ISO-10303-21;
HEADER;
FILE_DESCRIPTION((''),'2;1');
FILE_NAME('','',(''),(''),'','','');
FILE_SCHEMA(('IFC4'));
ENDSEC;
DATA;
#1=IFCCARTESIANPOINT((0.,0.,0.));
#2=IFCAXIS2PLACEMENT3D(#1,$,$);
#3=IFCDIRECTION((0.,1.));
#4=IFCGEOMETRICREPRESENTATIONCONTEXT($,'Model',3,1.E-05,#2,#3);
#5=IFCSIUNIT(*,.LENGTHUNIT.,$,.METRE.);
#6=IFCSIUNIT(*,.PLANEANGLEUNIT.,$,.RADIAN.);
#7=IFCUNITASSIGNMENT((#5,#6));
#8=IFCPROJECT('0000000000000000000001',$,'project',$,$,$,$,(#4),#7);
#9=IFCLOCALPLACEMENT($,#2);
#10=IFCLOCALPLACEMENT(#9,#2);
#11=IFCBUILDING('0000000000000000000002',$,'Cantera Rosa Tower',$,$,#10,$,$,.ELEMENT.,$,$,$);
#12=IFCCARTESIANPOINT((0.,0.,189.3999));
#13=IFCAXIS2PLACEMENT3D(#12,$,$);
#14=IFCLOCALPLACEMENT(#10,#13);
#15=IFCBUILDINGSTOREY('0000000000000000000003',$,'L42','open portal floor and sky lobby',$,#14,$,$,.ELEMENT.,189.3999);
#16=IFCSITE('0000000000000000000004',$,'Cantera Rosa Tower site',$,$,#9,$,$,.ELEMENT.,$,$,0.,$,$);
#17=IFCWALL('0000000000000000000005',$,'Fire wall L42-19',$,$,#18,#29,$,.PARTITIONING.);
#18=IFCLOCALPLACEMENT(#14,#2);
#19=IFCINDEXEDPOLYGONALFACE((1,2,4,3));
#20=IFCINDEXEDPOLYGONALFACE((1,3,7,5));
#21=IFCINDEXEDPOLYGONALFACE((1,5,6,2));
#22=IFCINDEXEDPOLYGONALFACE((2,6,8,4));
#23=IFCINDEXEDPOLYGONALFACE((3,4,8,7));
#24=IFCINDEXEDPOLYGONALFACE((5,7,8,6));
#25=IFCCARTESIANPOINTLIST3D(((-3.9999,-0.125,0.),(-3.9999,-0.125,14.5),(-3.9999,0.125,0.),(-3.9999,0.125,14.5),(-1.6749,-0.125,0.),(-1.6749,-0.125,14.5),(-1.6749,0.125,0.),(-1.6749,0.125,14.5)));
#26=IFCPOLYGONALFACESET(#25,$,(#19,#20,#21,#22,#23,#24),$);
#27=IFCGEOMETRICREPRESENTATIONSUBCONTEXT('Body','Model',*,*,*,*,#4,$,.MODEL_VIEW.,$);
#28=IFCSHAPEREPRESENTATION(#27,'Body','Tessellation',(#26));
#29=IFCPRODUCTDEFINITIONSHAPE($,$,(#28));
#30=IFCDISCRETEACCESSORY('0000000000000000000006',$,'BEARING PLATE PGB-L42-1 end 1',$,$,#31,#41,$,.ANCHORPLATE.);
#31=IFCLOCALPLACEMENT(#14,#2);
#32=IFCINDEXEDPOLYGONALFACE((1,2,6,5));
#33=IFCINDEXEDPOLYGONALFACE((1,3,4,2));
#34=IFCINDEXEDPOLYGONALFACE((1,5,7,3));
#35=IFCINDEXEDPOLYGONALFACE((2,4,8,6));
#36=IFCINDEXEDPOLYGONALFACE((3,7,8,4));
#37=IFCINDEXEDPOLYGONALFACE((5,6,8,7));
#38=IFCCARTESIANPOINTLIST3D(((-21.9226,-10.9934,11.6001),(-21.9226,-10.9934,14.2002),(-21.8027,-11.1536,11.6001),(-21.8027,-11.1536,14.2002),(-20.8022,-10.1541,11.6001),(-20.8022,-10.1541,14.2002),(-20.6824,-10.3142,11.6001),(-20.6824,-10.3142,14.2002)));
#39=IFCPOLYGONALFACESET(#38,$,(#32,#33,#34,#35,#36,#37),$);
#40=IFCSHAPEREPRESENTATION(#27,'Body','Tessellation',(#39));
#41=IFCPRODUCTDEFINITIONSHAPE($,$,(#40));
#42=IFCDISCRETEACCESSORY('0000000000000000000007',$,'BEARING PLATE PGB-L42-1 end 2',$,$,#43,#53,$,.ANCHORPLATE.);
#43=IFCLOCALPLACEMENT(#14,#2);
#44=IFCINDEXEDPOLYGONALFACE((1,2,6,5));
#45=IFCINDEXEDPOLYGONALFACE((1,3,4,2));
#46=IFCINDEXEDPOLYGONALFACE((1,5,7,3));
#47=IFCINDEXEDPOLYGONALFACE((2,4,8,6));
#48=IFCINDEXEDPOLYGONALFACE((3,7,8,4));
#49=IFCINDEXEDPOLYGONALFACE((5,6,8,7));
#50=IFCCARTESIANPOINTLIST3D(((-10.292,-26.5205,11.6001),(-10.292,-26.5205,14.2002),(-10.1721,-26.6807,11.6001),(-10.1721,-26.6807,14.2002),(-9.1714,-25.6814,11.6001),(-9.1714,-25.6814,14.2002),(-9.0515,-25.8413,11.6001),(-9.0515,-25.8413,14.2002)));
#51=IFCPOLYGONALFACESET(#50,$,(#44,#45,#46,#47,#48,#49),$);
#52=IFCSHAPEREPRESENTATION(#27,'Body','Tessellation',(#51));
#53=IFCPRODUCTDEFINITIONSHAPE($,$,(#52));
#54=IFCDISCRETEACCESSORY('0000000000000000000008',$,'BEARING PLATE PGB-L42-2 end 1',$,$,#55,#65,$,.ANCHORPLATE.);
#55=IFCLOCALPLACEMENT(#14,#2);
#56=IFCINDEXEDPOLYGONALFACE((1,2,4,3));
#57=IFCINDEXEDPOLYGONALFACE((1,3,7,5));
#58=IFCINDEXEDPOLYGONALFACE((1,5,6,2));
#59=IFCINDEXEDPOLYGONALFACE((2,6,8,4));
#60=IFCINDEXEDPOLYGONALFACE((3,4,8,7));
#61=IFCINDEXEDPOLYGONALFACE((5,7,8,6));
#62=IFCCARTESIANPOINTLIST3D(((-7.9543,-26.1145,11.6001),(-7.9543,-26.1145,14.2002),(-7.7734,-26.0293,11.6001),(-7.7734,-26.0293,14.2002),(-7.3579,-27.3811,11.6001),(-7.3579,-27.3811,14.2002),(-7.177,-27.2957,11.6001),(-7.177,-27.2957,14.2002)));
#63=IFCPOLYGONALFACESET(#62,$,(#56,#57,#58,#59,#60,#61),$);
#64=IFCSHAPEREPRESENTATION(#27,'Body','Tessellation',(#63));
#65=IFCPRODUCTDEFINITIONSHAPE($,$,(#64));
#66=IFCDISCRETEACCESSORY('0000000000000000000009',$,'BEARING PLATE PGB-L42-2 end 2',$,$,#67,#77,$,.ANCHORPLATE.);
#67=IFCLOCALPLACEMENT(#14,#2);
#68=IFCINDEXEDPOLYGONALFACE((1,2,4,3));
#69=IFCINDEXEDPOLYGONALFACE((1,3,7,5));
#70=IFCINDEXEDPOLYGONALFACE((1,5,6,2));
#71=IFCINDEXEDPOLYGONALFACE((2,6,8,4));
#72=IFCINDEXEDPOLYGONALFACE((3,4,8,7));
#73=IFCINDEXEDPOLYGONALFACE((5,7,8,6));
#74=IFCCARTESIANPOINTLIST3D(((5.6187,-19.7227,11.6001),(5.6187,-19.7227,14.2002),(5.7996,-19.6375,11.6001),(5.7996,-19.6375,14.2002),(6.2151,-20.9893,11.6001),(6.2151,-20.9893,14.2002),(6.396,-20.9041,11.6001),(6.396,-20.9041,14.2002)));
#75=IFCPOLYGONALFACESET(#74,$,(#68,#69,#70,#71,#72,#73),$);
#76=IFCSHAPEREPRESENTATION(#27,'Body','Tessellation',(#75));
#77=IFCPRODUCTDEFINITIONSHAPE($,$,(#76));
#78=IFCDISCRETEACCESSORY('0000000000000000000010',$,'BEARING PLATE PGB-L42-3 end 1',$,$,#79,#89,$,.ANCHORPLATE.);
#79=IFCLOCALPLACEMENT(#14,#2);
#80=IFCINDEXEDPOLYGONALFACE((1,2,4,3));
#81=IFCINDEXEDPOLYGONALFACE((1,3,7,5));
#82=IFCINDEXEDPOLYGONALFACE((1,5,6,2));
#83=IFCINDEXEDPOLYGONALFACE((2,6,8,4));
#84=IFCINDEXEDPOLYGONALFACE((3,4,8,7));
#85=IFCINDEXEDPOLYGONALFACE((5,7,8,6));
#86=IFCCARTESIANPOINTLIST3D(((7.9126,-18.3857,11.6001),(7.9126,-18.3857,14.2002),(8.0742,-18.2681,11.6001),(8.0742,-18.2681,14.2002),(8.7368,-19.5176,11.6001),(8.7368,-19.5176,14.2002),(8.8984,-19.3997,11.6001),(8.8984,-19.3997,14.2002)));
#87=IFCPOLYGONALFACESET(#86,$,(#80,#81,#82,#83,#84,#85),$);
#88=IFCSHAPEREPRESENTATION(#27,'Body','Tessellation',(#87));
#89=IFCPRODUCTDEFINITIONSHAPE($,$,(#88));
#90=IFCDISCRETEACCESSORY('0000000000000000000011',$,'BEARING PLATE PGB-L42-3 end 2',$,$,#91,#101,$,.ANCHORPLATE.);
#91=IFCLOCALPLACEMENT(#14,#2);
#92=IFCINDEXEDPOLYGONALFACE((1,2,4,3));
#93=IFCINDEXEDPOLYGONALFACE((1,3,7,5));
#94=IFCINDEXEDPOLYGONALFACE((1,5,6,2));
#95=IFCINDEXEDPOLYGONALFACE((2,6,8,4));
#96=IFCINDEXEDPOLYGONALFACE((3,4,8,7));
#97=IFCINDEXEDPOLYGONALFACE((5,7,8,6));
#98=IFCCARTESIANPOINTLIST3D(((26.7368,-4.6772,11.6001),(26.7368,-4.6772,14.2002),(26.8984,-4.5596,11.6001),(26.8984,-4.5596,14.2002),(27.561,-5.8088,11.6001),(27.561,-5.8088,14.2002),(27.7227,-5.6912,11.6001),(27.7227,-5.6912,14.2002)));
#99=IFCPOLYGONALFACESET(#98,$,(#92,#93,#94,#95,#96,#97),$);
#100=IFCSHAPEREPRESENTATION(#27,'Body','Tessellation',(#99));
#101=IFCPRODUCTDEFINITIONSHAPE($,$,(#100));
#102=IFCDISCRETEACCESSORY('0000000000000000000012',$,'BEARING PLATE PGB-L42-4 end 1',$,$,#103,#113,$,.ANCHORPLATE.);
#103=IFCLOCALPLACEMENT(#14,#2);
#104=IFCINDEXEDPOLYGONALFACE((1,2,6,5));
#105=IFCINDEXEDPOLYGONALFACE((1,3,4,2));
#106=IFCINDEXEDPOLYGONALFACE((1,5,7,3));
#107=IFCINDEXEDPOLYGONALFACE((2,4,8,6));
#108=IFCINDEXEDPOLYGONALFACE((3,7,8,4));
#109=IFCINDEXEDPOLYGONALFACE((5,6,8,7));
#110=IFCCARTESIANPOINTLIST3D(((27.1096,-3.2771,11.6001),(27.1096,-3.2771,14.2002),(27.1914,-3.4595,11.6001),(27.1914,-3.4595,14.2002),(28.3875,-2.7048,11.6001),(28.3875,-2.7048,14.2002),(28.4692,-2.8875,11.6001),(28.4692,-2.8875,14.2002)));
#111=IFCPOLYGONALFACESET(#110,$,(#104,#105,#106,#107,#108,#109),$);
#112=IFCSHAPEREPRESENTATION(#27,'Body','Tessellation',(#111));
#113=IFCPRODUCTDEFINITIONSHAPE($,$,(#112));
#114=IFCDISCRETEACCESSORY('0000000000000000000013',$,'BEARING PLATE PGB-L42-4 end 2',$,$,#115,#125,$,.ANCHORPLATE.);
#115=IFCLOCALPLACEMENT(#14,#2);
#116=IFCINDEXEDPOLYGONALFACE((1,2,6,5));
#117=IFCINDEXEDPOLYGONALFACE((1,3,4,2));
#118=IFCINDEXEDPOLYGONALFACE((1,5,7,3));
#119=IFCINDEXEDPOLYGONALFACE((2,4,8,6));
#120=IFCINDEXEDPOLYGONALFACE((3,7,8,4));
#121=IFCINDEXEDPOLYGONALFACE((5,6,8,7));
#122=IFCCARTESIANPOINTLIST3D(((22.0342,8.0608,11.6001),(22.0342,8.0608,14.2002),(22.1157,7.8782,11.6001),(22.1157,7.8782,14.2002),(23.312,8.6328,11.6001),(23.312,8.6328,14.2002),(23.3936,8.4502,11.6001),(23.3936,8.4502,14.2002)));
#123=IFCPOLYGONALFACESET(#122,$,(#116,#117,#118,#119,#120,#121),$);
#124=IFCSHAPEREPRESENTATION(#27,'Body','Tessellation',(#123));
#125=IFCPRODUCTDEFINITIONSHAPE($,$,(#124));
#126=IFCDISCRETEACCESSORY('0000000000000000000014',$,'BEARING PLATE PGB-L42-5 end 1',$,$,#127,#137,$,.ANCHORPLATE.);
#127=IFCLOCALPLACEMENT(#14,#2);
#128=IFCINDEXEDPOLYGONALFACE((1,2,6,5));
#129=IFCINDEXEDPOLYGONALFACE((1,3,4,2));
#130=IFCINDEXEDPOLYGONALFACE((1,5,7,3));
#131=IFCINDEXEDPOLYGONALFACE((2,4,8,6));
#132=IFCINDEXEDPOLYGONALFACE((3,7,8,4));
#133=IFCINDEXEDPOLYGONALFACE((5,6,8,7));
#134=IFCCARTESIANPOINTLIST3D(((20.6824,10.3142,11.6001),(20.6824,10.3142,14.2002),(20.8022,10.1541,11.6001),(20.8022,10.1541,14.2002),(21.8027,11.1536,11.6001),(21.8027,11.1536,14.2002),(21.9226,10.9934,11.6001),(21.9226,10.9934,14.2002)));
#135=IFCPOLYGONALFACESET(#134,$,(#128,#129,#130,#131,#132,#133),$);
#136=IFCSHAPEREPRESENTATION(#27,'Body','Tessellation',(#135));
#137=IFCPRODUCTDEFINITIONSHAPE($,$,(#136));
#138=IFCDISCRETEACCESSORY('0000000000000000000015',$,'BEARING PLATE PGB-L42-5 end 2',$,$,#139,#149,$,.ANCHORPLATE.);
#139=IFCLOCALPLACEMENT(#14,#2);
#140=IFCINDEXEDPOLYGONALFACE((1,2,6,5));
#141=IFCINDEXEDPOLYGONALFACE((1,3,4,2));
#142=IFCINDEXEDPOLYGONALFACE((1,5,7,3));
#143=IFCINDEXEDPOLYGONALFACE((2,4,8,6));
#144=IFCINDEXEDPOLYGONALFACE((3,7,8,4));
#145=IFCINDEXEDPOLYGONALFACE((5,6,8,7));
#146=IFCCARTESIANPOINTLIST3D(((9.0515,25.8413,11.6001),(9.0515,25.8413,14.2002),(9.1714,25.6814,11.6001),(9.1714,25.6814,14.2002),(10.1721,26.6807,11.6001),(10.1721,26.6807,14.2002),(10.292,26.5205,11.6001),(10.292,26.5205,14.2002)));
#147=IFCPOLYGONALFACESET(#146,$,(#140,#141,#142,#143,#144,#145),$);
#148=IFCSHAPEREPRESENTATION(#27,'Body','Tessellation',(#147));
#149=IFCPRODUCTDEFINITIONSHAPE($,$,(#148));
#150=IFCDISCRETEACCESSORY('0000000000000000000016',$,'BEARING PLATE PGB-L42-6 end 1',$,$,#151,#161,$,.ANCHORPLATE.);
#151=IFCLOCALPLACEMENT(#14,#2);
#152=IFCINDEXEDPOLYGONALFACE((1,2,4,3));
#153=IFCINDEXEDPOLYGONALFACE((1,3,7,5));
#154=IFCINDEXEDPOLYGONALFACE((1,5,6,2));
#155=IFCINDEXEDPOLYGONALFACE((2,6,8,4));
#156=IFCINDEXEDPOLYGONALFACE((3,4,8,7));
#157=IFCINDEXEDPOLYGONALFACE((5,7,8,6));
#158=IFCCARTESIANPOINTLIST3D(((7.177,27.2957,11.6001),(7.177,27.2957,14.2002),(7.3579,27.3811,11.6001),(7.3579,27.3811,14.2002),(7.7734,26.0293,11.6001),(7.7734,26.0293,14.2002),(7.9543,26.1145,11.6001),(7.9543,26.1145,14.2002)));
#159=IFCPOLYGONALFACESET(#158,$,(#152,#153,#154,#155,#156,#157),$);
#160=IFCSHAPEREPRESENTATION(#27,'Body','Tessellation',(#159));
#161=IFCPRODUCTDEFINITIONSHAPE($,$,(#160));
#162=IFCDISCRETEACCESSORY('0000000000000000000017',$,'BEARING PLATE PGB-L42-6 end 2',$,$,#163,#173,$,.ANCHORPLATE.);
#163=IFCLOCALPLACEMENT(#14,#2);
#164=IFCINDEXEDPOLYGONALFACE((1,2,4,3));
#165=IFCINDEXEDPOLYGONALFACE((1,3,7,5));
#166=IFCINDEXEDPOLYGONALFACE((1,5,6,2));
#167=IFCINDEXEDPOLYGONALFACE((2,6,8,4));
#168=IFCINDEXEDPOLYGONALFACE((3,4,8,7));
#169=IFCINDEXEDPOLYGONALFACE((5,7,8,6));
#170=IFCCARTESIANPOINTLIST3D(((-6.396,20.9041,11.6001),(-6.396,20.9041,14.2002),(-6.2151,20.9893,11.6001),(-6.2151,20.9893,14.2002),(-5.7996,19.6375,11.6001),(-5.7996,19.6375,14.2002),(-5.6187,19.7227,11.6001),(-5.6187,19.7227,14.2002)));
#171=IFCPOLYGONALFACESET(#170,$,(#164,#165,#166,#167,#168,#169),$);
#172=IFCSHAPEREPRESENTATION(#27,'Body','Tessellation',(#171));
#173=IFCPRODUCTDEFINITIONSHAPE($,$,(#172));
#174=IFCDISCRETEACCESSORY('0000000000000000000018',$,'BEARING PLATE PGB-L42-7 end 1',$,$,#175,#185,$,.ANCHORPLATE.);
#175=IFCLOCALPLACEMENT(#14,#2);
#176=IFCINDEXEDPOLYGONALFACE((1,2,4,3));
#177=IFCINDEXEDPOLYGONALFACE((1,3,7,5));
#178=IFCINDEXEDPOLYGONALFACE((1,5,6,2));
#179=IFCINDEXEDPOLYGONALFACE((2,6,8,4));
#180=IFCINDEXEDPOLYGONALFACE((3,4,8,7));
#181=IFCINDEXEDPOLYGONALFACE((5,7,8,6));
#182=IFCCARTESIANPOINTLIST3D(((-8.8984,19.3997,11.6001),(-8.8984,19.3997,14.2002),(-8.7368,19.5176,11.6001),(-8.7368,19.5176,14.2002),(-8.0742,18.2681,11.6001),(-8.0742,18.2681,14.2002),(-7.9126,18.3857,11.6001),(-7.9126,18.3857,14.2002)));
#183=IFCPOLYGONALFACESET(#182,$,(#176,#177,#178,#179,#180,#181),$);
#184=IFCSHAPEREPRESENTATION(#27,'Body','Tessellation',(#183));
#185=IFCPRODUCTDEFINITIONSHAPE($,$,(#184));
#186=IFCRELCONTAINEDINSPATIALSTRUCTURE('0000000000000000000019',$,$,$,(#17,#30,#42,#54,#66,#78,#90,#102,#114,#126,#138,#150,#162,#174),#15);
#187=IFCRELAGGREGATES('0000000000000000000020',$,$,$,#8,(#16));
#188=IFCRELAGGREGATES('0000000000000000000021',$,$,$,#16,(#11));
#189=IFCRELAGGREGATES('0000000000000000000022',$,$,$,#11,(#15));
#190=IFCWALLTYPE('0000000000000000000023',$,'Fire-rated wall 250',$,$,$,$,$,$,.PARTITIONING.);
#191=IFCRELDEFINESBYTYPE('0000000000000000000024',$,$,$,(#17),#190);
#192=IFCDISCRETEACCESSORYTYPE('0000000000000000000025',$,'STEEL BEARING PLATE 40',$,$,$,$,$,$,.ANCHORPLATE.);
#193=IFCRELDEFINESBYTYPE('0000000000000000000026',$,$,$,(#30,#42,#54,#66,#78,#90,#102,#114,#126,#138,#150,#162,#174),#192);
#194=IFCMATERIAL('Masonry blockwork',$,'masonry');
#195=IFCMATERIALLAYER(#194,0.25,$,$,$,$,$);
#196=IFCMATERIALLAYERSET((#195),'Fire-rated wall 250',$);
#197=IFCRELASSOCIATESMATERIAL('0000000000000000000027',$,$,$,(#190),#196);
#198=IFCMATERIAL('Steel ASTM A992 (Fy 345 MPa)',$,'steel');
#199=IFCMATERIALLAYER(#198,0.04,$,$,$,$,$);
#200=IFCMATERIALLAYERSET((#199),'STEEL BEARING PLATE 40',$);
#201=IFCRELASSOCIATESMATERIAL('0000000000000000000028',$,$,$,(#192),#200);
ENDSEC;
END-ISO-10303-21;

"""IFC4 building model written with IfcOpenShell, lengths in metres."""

from ifc_helpers import new_model, si_unit, direction, frame, frame_2d, origin, place, context, subcontext, project, spatial, polyline, rectangle, outline, extrude, material, layer, layer_set, type_object, element, save


model = new_model("IFC4")

# Units and contexts
model_context = context("Model", 3, precision=1e-05, world=origin(), true_north=direction((0.0, 1.0)))
body_context = subcontext(model_context, "Body", "Model", "MODEL_VIEW")
ifc_project = project(units=[si_unit("LENGTHUNIT", "METRE"), si_unit("PLANEANGLEUNIT", "RADIAN")], contexts=[model_context])

# Site, building, storey
site_placement = place(None, origin())
site = spatial("IfcSite", under=ifc_project, at=site_placement, Name="Cantera Rosa Tower site", CompositionType="ELEMENT", RefElevation=0.0)
building_placement = place(site_placement, origin())
building = spatial("IfcBuilding", under=site, at=building_placement, Name="Cantera Rosa Tower", CompositionType="ELEMENT")
storey_placement = place(building_placement, frame((0.0, 0.0, 189.3999)))
storey = spatial("IfcBuildingStorey", under=building, at=storey_placement, Name="L42", Description="open portal floor and sky lobby", CompositionType="ELEMENT", Elevation=189.3999)

# Wall
ifc_material_1 = material(Name="Masonry blockwork", Category="masonry")
ifc_layer_1 = layer(ifc_material_1, 0.25)
ifc_layer_set_1 = layer_set([ifc_layer_1], Name="Fire-rated wall 250")
wall_type = type_object("IfcWallType", Name="Fire-rated wall 250", PredefinedType="PARTITIONING", material=ifc_layer_set_1)
wall_placement = place(storey_placement, frame((-4.0, 0.0, 0.0), z_axis=(0.0, 0.0, 1.0), x_axis=(1.0, 0.0, 0.0)))
element("IfcWall", 1, at=wall_placement, inside=storey, type_object=wall_type, Name="Fire wall L42-19", PredefinedType="PARTITIONING", context=body_context, shape_type="SweptSolid", body=[
    extrude(rectangle(XDim=2.325, YDim=0.25, at=frame_2d((1.1626, 0.0))), origin(), (0.0, 0.0, 1.0), 14.5),
])

# Discrete accessories
ifc_material_2 = material(Name="Steel ASTM A992 (Fy 345 MPa)", Category="steel")
ifc_layer_2 = layer(ifc_material_2, 0.04)
ifc_layer_set_2 = layer_set([ifc_layer_2], Name="STEEL BEARING PLATE 40")
discrete_accessory_type = type_object("IfcDiscreteAccessoryType", Name="STEEL BEARING PLATE 40", PredefinedType="ANCHORPLATE", material=ifc_layer_set_2)
discrete_accessory_1_placement = place(storey_placement, frame((0.0, 0.0, 11.6001)))
element("IfcDiscreteAccessory", 2, at=discrete_accessory_1_placement, inside=storey, type_object=discrete_accessory_type, Name="BEARING PLATE PGB-L42-1 end 1", PredefinedType="ANCHORPLATE", context=body_context, shape_type="SweptSolid", body=[
    extrude(outline(polyline([(-20.6824, -10.3142), (-20.8022, -10.1541), (-21.9226, -10.9934), (-21.8027, -11.1536), (-20.6824, -10.3142)])), origin(), (0.0, 0.0, 1.0), 2.6001),
])
discrete_accessory_2_placement = place(storey_placement, frame((0.0, 0.0, 11.6001)))
element("IfcDiscreteAccessory", 3, at=discrete_accessory_2_placement, inside=storey, type_object=discrete_accessory_type, Name="BEARING PLATE PGB-L42-1 end 2", PredefinedType="ANCHORPLATE", context=body_context, shape_type="SweptSolid", body=[
    extrude(outline(polyline([(-10.292, -26.5205), (-10.1721, -26.6807), (-9.0515, -25.8413), (-9.1714, -25.6814), (-10.292, -26.5205)])), origin(), (0.0, 0.0, 1.0), 2.6001),
])
discrete_accessory_3_placement = place(storey_placement, frame((0.0, 0.0, 11.6001)))
element("IfcDiscreteAccessory", 4, at=discrete_accessory_3_placement, inside=storey, type_object=discrete_accessory_type, Name="BEARING PLATE PGB-L42-2 end 1", PredefinedType="ANCHORPLATE", context=body_context, shape_type="SweptSolid", body=[
    extrude(outline(polyline([(-7.7734, -26.0293), (-7.9543, -26.1145), (-7.3579, -27.3811), (-7.177, -27.2957), (-7.7734, -26.0293)])), origin(), (0.0, 0.0, 1.0), 2.6001),
])
discrete_accessory_4_placement = place(storey_placement, frame((0.0, 0.0, 11.6001)))
element("IfcDiscreteAccessory", 5, at=discrete_accessory_4_placement, inside=storey, type_object=discrete_accessory_type, Name="BEARING PLATE PGB-L42-2 end 2", PredefinedType="ANCHORPLATE", context=body_context, shape_type="SweptSolid", body=[
    extrude(outline(polyline([(6.2151, -20.9893), (6.396, -20.9041), (5.7996, -19.6375), (5.6187, -19.7227), (6.2151, -20.9893)])), origin(), (0.0, 0.0, 1.0), 2.6001),
])
discrete_accessory_5_placement = place(storey_placement, frame((0.0, 0.0, 11.6001)))
element("IfcDiscreteAccessory", 6, at=discrete_accessory_5_placement, inside=storey, type_object=discrete_accessory_type, Name="BEARING PLATE PGB-L42-3 end 1", PredefinedType="ANCHORPLATE", context=body_context, shape_type="SweptSolid", body=[
    extrude(outline(polyline([(8.0742, -18.2681), (7.9126, -18.3857), (8.7368, -19.5176), (8.8984, -19.3997), (8.0742, -18.2681)])), origin(), (0.0, 0.0, 1.0), 2.6001),
])
discrete_accessory_6_placement = place(storey_placement, frame((0.0, 0.0, 11.6001)))
element("IfcDiscreteAccessory", 7, at=discrete_accessory_6_placement, inside=storey, type_object=discrete_accessory_type, Name="BEARING PLATE PGB-L42-3 end 2", PredefinedType="ANCHORPLATE", context=body_context, shape_type="SweptSolid", body=[
    extrude(outline(polyline([(27.561, -5.8088), (27.7227, -5.6912), (26.8984, -4.5596), (26.7368, -4.6772), (27.561, -5.8088)])), origin(), (0.0, 0.0, 1.0), 2.6001),
])
discrete_accessory_7_placement = place(storey_placement, frame((0.0, 0.0, 11.6001)))
element("IfcDiscreteAccessory", 8, at=discrete_accessory_7_placement, inside=storey, type_object=discrete_accessory_type, Name="BEARING PLATE PGB-L42-4 end 1", PredefinedType="ANCHORPLATE", context=body_context, shape_type="SweptSolid", body=[
    extrude(outline(polyline([(27.1096, -3.2771), (27.1914, -3.4595), (28.4692, -2.8875), (28.3875, -2.7048), (27.1096, -3.2771)])), origin(), (0.0, 0.0, 1.0), 2.6001),
])
discrete_accessory_8_placement = place(storey_placement, frame((0.0, 0.0, 11.6001)))
element("IfcDiscreteAccessory", 9, at=discrete_accessory_8_placement, inside=storey, type_object=discrete_accessory_type, Name="BEARING PLATE PGB-L42-4 end 2", PredefinedType="ANCHORPLATE", context=body_context, shape_type="SweptSolid", body=[
    extrude(outline(polyline([(23.3936, 8.4502), (23.312, 8.6328), (22.0342, 8.0608), (22.1157, 7.8782), (23.3936, 8.4502)])), origin(), (0.0, 0.0, 1.0), 2.6001),
])
discrete_accessory_9_placement = place(storey_placement, frame((0.0, 0.0, 11.6001)))
element("IfcDiscreteAccessory", 10, at=discrete_accessory_9_placement, inside=storey, type_object=discrete_accessory_type, Name="BEARING PLATE PGB-L42-5 end 1", PredefinedType="ANCHORPLATE", context=body_context, shape_type="SweptSolid", body=[
    extrude(outline(polyline([(20.6824, 10.3142), (20.8022, 10.1541), (21.9226, 10.9934), (21.8027, 11.1536), (20.6824, 10.3142)])), origin(), (0.0, 0.0, 1.0), 2.6001),
])
discrete_accessory_10_placement = place(storey_placement, frame((0.0, 0.0, 11.6001)))
element("IfcDiscreteAccessory", 11, at=discrete_accessory_10_placement, inside=storey, type_object=discrete_accessory_type, Name="BEARING PLATE PGB-L42-5 end 2", PredefinedType="ANCHORPLATE", context=body_context, shape_type="SweptSolid", body=[
    extrude(outline(polyline([(10.292, 26.5205), (10.1721, 26.6807), (9.0515, 25.8413), (9.1714, 25.6814), (10.292, 26.5205)])), origin(), (0.0, 0.0, 1.0), 2.6001),
])
discrete_accessory_11_placement = place(storey_placement, frame((0.0, 0.0, 11.6001)))
element("IfcDiscreteAccessory", 12, at=discrete_accessory_11_placement, inside=storey, type_object=discrete_accessory_type, Name="BEARING PLATE PGB-L42-6 end 1", PredefinedType="ANCHORPLATE", context=body_context, shape_type="SweptSolid", body=[
    extrude(outline(polyline([(7.7734, 26.0293), (7.9543, 26.1145), (7.3579, 27.3811), (7.177, 27.2957), (7.7734, 26.0293)])), origin(), (0.0, 0.0, 1.0), 2.6001),
])
discrete_accessory_12_placement = place(storey_placement, frame((0.0, 0.0, 11.6001)))
element("IfcDiscreteAccessory", 13, at=discrete_accessory_12_placement, inside=storey, type_object=discrete_accessory_type, Name="BEARING PLATE PGB-L42-6 end 2", PredefinedType="ANCHORPLATE", context=body_context, shape_type="SweptSolid", body=[
    extrude(outline(polyline([(-6.2151, 20.9893), (-6.396, 20.9041), (-5.7996, 19.6375), (-5.6187, 19.7227), (-6.2151, 20.9893)])), origin(), (0.0, 0.0, 1.0), 2.6001),
])
discrete_accessory_13_placement = place(storey_placement, frame((0.0, 0.0, 11.6001)))
element("IfcDiscreteAccessory", 14, at=discrete_accessory_13_placement, inside=storey, type_object=discrete_accessory_type, Name="BEARING PLATE PGB-L42-7 end 1", PredefinedType="ANCHORPLATE", context=body_context, shape_type="SweptSolid", body=[
    extrude(outline(polyline([(-8.0742, 18.2681), (-7.9126, 18.3857), (-8.7368, 19.5176), (-8.8984, 19.3997), (-8.0742, 18.2681)])), origin(), (0.0, 0.0, 1.0), 2.6001),
])

save(model, "model.ifc")
